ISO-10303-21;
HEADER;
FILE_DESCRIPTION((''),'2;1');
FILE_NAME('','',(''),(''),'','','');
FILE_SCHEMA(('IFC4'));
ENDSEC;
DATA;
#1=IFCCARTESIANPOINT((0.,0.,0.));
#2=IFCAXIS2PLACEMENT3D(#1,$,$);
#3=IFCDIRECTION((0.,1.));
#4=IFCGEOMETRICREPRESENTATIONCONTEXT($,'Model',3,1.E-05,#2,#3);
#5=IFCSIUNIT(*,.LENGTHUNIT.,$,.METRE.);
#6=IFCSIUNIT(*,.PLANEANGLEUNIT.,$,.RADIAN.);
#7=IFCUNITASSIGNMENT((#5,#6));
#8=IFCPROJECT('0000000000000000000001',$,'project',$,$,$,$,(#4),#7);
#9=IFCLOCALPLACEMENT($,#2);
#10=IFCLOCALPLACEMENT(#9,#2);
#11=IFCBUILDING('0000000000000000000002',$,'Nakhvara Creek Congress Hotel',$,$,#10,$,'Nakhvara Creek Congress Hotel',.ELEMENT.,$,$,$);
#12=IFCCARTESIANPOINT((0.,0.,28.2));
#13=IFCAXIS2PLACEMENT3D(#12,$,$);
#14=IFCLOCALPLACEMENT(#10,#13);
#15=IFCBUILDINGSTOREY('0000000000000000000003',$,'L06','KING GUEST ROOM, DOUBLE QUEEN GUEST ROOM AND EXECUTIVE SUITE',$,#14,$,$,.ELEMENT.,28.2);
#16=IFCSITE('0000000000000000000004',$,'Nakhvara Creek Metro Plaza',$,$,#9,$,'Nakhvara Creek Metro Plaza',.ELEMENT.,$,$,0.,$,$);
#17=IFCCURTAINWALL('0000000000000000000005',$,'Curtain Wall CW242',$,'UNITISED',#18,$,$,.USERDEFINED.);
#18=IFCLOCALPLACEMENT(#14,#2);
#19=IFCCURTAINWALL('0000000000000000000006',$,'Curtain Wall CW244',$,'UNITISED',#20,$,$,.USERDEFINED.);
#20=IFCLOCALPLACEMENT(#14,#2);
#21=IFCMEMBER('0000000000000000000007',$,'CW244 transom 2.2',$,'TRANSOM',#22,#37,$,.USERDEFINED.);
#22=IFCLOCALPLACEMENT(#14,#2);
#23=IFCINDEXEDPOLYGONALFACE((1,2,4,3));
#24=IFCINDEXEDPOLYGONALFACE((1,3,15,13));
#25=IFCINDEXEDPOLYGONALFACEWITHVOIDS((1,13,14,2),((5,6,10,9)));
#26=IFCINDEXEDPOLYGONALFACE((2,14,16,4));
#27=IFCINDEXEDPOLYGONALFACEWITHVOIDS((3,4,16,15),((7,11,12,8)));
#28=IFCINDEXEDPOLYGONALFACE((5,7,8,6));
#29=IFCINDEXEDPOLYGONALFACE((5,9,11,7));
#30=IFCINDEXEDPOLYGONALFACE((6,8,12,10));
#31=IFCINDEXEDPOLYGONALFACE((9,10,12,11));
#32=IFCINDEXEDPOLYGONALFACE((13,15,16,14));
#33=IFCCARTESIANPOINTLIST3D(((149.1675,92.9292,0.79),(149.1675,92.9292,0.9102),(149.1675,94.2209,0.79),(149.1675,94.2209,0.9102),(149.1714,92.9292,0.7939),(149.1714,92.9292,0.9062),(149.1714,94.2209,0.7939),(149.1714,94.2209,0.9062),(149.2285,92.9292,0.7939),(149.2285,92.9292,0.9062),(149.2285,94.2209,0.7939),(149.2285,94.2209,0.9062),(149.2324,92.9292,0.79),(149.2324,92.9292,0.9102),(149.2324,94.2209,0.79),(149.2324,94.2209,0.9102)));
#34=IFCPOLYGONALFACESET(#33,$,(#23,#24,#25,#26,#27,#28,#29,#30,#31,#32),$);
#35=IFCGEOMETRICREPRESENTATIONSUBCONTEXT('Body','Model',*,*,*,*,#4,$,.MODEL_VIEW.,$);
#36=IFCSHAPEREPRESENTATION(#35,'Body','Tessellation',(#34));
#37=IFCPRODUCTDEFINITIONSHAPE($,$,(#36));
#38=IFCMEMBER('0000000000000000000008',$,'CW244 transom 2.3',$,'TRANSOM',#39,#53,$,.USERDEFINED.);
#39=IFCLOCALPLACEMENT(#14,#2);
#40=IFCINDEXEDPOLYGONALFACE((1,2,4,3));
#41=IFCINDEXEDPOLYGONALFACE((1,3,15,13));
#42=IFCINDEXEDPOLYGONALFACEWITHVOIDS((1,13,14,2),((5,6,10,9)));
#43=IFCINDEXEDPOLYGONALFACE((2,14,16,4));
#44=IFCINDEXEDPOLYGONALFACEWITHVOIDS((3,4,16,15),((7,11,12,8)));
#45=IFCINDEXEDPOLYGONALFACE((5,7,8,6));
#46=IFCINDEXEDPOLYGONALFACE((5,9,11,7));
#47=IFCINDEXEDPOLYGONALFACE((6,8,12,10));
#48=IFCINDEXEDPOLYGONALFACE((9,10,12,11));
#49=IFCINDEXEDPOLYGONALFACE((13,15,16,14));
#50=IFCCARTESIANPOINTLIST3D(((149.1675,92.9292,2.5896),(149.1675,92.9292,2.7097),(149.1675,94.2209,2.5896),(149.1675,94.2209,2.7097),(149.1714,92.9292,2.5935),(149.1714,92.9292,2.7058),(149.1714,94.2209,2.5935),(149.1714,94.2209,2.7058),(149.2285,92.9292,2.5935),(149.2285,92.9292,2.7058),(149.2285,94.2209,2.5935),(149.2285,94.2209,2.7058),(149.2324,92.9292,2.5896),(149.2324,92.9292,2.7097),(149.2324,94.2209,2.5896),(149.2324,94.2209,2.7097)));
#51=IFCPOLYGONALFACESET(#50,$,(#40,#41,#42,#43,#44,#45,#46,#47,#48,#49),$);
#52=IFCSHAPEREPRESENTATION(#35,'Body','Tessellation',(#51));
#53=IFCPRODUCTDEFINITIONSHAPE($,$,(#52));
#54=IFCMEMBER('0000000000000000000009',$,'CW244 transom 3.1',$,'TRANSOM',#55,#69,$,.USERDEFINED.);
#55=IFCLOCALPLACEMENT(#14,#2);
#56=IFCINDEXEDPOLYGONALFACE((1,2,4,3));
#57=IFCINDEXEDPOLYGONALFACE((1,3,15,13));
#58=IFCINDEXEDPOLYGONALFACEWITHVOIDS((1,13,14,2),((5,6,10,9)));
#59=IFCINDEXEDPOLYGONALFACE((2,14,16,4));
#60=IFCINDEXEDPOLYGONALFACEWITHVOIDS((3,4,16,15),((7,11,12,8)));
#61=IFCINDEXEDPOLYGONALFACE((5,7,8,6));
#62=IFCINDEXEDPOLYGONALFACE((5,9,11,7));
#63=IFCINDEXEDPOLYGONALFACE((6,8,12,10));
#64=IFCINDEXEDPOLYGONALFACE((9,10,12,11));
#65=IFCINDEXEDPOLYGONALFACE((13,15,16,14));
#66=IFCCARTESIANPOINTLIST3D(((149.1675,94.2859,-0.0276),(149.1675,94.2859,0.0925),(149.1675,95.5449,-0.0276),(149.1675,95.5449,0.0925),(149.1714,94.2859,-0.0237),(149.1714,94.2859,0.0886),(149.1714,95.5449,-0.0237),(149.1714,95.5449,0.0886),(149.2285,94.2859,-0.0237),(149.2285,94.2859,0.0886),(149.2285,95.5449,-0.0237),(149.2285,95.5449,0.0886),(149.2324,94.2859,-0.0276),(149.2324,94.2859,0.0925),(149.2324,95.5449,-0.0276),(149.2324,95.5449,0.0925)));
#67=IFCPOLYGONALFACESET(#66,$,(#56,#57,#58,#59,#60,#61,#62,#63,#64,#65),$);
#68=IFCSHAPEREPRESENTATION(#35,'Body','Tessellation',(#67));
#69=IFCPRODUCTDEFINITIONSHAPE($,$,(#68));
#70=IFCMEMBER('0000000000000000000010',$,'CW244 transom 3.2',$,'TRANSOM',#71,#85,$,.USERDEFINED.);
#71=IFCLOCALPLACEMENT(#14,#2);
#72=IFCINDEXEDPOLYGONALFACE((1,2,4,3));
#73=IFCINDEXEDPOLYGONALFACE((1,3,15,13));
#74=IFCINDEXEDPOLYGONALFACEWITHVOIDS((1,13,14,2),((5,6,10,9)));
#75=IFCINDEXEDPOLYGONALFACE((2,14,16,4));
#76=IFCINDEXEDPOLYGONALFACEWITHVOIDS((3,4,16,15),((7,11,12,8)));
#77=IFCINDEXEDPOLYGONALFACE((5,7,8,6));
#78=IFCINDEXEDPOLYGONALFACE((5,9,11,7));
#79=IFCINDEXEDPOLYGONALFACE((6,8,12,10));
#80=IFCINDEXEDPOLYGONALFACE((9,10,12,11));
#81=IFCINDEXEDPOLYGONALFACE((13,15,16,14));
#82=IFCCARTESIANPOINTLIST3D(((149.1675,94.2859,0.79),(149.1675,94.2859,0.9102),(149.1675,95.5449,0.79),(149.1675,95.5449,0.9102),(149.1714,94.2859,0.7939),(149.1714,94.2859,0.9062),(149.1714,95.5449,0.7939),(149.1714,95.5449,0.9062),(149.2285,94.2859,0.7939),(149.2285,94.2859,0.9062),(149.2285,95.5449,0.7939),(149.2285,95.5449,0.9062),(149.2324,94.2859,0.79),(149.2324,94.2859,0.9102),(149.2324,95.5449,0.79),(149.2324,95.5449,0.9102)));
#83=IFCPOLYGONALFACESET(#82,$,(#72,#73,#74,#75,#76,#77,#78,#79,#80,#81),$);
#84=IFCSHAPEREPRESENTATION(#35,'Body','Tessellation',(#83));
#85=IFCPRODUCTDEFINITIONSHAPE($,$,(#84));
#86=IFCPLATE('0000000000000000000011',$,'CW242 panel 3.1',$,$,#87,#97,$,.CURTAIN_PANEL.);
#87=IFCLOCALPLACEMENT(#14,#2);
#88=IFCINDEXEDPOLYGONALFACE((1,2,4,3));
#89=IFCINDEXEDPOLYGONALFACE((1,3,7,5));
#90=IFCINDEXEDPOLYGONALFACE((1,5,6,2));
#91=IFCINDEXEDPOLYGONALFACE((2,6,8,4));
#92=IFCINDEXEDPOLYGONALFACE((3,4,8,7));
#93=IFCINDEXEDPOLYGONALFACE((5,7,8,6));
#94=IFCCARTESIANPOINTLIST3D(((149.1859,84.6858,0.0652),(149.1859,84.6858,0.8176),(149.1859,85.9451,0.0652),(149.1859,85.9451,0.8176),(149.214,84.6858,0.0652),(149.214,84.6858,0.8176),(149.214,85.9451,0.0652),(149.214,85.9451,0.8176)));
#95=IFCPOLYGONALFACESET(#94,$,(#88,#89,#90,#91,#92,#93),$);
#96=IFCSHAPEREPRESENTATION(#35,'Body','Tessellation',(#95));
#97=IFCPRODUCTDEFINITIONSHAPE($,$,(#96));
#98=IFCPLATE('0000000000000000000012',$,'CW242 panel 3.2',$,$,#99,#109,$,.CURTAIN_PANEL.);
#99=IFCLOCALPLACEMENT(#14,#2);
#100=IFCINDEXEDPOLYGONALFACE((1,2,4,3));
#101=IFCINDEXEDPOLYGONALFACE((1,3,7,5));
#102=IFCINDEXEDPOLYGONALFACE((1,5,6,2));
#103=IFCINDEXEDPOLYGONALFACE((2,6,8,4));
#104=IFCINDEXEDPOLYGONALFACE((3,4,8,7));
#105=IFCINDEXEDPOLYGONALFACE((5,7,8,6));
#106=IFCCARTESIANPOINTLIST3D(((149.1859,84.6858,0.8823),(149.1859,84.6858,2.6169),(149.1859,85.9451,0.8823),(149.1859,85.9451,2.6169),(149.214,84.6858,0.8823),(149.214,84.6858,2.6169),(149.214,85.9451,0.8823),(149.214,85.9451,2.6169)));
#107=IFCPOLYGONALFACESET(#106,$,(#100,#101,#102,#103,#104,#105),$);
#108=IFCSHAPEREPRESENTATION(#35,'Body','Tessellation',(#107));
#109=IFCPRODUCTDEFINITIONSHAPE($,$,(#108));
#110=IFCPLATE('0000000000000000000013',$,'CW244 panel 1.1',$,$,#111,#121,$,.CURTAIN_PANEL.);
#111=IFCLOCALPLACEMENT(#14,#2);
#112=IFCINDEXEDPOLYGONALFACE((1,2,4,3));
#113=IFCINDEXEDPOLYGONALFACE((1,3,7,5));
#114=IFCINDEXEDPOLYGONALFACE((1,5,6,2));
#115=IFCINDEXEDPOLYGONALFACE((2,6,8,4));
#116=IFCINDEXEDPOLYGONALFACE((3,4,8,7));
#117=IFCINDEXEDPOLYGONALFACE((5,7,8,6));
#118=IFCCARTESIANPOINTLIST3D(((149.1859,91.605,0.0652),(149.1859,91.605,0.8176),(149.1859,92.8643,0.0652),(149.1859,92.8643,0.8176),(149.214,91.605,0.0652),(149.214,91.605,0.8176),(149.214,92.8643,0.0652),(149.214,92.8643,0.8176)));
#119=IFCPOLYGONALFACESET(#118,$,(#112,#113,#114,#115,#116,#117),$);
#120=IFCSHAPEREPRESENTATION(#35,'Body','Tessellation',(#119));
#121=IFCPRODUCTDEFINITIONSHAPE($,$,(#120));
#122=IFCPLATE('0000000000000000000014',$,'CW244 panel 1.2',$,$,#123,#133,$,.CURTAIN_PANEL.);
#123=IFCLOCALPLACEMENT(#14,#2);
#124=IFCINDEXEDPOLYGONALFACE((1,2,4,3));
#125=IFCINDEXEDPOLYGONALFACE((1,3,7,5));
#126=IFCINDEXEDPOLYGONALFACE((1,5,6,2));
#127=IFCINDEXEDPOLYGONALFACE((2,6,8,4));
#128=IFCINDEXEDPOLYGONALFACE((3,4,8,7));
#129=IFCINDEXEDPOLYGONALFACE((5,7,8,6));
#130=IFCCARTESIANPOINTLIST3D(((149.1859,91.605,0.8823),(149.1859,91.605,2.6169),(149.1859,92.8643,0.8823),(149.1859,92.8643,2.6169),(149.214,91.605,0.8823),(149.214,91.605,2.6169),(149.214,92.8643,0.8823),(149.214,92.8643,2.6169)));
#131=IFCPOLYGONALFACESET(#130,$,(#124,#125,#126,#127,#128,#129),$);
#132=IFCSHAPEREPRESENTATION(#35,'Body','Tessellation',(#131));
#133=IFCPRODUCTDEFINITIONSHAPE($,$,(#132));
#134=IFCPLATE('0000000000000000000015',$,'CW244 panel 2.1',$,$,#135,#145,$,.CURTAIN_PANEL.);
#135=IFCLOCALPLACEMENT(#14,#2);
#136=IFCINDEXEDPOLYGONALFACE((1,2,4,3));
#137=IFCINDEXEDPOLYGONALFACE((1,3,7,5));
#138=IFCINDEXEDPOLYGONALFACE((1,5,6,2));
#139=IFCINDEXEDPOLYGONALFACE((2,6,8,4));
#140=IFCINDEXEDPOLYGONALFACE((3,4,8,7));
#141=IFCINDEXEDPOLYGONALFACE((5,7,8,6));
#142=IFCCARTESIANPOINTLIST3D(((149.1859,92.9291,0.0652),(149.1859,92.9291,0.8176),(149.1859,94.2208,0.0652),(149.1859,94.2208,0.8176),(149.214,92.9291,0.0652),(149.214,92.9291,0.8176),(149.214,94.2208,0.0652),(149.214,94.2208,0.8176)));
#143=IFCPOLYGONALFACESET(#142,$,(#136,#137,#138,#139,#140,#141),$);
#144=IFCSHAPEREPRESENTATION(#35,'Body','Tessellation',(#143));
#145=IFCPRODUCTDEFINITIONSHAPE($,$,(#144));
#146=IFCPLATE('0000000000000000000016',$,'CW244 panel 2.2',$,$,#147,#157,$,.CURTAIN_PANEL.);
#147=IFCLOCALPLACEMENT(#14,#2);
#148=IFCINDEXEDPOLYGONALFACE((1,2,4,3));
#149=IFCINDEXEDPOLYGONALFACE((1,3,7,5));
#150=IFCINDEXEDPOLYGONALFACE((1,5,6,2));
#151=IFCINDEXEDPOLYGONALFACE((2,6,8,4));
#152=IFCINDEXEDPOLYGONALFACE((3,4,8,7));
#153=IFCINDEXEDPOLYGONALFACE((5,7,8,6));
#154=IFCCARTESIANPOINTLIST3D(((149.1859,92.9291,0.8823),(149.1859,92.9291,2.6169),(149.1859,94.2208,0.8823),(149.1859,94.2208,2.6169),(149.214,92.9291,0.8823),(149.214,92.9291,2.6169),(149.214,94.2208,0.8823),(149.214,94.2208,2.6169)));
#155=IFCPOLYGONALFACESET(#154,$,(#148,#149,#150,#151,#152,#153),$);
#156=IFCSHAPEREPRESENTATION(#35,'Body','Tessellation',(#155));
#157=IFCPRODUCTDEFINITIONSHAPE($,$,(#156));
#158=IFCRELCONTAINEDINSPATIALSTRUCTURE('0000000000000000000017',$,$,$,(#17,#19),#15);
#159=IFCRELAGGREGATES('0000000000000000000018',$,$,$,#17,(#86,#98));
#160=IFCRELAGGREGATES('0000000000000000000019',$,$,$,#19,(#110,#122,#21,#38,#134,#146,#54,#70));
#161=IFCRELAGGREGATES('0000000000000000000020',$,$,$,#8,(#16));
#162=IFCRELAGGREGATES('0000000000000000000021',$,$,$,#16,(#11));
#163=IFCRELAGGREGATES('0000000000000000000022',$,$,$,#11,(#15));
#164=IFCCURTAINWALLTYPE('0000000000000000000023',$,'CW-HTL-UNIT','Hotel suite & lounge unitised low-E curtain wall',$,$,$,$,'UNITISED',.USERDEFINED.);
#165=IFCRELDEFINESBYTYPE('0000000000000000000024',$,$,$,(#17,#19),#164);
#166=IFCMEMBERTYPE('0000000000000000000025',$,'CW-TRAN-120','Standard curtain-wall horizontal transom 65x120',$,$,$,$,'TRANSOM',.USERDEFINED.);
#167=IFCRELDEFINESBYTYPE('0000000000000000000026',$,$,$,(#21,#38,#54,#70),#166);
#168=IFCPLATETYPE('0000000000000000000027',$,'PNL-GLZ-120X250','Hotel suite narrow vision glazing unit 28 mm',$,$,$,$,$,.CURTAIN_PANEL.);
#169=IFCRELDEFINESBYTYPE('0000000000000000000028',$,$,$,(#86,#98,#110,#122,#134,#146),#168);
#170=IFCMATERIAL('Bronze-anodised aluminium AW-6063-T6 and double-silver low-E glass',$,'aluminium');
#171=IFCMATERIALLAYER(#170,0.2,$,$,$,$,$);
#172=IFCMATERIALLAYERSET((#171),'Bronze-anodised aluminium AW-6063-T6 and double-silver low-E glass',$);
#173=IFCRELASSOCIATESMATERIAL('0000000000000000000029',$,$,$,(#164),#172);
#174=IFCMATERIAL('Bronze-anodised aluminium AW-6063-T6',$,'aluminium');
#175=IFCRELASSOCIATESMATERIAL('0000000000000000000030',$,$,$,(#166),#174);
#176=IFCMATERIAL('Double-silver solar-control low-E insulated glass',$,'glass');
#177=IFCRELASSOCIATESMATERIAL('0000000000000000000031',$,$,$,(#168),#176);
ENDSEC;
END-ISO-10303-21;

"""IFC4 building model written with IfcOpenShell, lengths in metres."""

from ifc_helpers import new_model, si_unit, direction, frame, origin, origin_2d, place, context, subcontext, project, spatial, rectangle, hollow_rectangle, extrude, material, layer, layer_set, material_profile, profile_set, type_object, element, aggregate, save


model = new_model("IFC4")

# Units and contexts
model_context = context("Model", 3, precision=1e-05, world=origin(), true_north=direction((0.0, 1.0)))
body_context = subcontext(model_context, "Body", "Model", "MODEL_VIEW")
ifc_project = project(units=[si_unit("LENGTHUNIT", "METRE"), si_unit("PLANEANGLEUNIT", "RADIAN")], contexts=[model_context])

# Site, building, storey
site_placement = place(None, origin())
site = spatial("IfcSite", under=ifc_project, at=site_placement, Name="Nakhvara Creek Metro Plaza", LongName="Nakhvara Creek Metro Plaza", CompositionType="ELEMENT", RefElevation=0.0)
building_placement = place(site_placement, origin())
building = spatial("IfcBuilding", under=site, at=building_placement, Name="Nakhvara Creek Congress Hotel", LongName="Nakhvara Creek Congress Hotel", CompositionType="ELEMENT")
storey_placement = place(building_placement, frame((0.0, 0.0, 28.2)))
storey = spatial("IfcBuildingStorey", under=building, at=storey_placement, Name="L06", Description="KING GUEST ROOM, DOUBLE QUEEN GUEST ROOM AND EXECUTIVE SUITE", CompositionType="ELEMENT", Elevation=28.2)

# Curtain wall
ifc_material_1 = material(Name="Bronze-anodised aluminium AW-6063-T6 and double-silver low-E glass", Category="aluminium")
ifc_layer = layer(ifc_material_1, 0.2)
ifc_layer_set = layer_set([ifc_layer], Name="Bronze-anodised aluminium AW-6063-T6 and double-silver low-E glass")
curtain_wall_type = type_object("IfcCurtainWallType", Name="CW-HTL-UNIT", Description="Hotel suite & lounge unitised low-E curtain wall", ElementType="UNITISED", PredefinedType="USERDEFINED", material=ifc_layer_set)
curtain_wall_1_placement = place(storey_placement, origin())
curtain_wall_1 = element("IfcCurtainWall", 1, at=curtain_wall_1_placement, inside=storey, type_object=curtain_wall_type, Name="Curtain Wall CW242", ObjectType="UNITISED", PredefinedType="USERDEFINED")
ifc_material_2 = material(Name="Bronze-anodised aluminium AW-6063-T6", Category="aluminium")

# Curtain wall
curtain_wall_2_placement = place(storey_placement, origin())
curtain_wall_2 = element("IfcCurtainWall", 2, at=curtain_wall_2_placement, inside=storey, type_object=curtain_wall_type, Name="Curtain Wall CW244", ObjectType="UNITISED", PredefinedType="USERDEFINED")

# Members
ifc_material_profile_1 = material_profile(ifc_material_2, hollow_rectangle(XDim=0.0649, YDim=0.1201, WallThickness=0.0039, at=origin_2d()), Name="ALU-TRAN 65x120x4", Category="LoadBearing")
ifc_profile_set_1 = profile_set([ifc_material_profile_1], Name="Bronze-anodised aluminium AW-6063-T6")
member_type_1 = type_object("IfcMemberType", Name="CW-TRAN-120", Description="Standard curtain-wall horizontal transom 65x120", ElementType="TRANSOM", PredefinedType="USERDEFINED", material=ifc_profile_set_1)
member_1_placement = place(storey_placement, frame((149.2, 92.9292, 0.8501), z_axis=(0.0, 1.0, 0.0), x_axis=(-1.0, 0.0, 0.0)))
member_1 = element("IfcMember", 3, at=member_1_placement, type_object=member_type_1, Name="CW244 transom 2.2", ObjectType="TRANSOM", PredefinedType="USERDEFINED", context=body_context, shape_type="SweptSolid", body=[
    extrude(hollow_rectangle(XDim=0.0649, YDim=0.1201, WallThickness=0.0039, at=origin_2d()), origin(), (0.0, 0.0, 1.0), 1.2917),
])
member_2_placement = place(storey_placement, frame((149.2, 92.9292, 2.6497), z_axis=(0.0, 1.0, 0.0), x_axis=(-1.0, 0.0, 0.0)))
member_2 = element("IfcMember", 4, at=member_2_placement, type_object=member_type_1, Name="CW244 transom 2.3", ObjectType="TRANSOM", PredefinedType="USERDEFINED", context=body_context, shape_type="SweptSolid", body=[
    extrude(hollow_rectangle(XDim=0.0649, YDim=0.1201, WallThickness=0.0039, at=origin_2d()), origin(), (0.0, 0.0, 1.0), 1.2917),
])
member_3_placement = place(storey_placement, frame((149.2, 94.2859, 0.0325), z_axis=(0.0, 1.0, 0.0), x_axis=(-1.0, 0.0, 0.0)))
member_3 = element("IfcMember", 5, at=member_3_placement, type_object=member_type_1, Name="CW244 transom 3.1", ObjectType="TRANSOM", PredefinedType="USERDEFINED", context=body_context, shape_type="SweptSolid", body=[
    extrude(hollow_rectangle(XDim=0.0649, YDim=0.1201, WallThickness=0.0039, at=origin_2d()), origin(), (0.0, 0.0, 1.0), 1.259),
])
member_4_placement = place(storey_placement, frame((149.2, 94.2859, 0.8501), z_axis=(0.0, 1.0, 0.0), x_axis=(-1.0, 0.0, 0.0)))
member_4 = element("IfcMember", 6, at=member_4_placement, type_object=member_type_1, Name="CW244 transom 3.2", ObjectType="TRANSOM", PredefinedType="USERDEFINED", context=body_context, shape_type="SweptSolid", body=[
    extrude(hollow_rectangle(XDim=0.0649, YDim=0.1201, WallThickness=0.0039, at=origin_2d()), origin(), (0.0, 0.0, 1.0), 1.259),
])

# Plates
ifc_material_3 = material(Name="Double-silver solar-control low-E insulated glass", Category="glass")
plate_type = type_object("IfcPlateType", Name="PNL-GLZ-120X250", Description="Hotel suite narrow vision glazing unit 28 mm", PredefinedType="CURTAIN_PANEL", material=ifc_material_3)
plate_1_placement = place(storey_placement, frame((149.2, 85.3154, 0.0652), z_axis=(0.0, 0.0, 1.0), x_axis=(0.0, 1.0, 0.0)))
plate_1 = element("IfcPlate", 7, at=plate_1_placement, type_object=plate_type, Name="CW242 panel 3.1", PredefinedType="CURTAIN_PANEL", context=body_context, shape_type="SweptSolid", body=[
    extrude(rectangle(XDim=1.2593, YDim=0.0281, at=origin_2d()), origin(), (0.0, 0.0, 1.0), 0.7524),
])
plate_2_placement = place(storey_placement, frame((149.2, 85.3154, 0.8823), z_axis=(0.0, 0.0, 1.0), x_axis=(0.0, 1.0, 0.0)))
plate_2 = element("IfcPlate", 8, at=plate_2_placement, type_object=plate_type, Name="CW242 panel 3.2", PredefinedType="CURTAIN_PANEL", context=body_context, shape_type="SweptSolid", body=[
    extrude(rectangle(XDim=1.2593, YDim=0.0281, at=origin_2d()), origin(), (0.0, 0.0, 1.0), 1.7346),
])
aggregate(curtain_wall_1, [plate_1, plate_2])
plate_3_placement = place(storey_placement, frame((149.2, 92.2346, 0.0652), z_axis=(0.0, 0.0, 1.0), x_axis=(0.0, 1.0, 0.0)))
plate_3 = element("IfcPlate", 9, at=plate_3_placement, type_object=plate_type, Name="CW244 panel 1.1", PredefinedType="CURTAIN_PANEL", context=body_context, shape_type="SweptSolid", body=[
    extrude(rectangle(XDim=1.2593, YDim=0.0281, at=origin_2d()), origin(), (0.0, 0.0, 1.0), 0.7524),
])
plate_4_placement = place(storey_placement, frame((149.2, 92.2346, 0.8823), z_axis=(0.0, 0.0, 1.0), x_axis=(0.0, 1.0, 0.0)))
plate_4 = element("IfcPlate", 10, at=plate_4_placement, type_object=plate_type, Name="CW244 panel 1.2", PredefinedType="CURTAIN_PANEL", context=body_context, shape_type="SweptSolid", body=[
    extrude(rectangle(XDim=1.2593, YDim=0.0281, at=origin_2d()), origin(), (0.0, 0.0, 1.0), 1.7346),
])
plate_5_placement = place(storey_placement, frame((149.2, 93.575, 0.0652), z_axis=(0.0, 0.0, 1.0), x_axis=(0.0, 1.0, 0.0)))
plate_5 = element("IfcPlate", 11, at=plate_5_placement, type_object=plate_type, Name="CW244 panel 2.1", PredefinedType="CURTAIN_PANEL", context=body_context, shape_type="SweptSolid", body=[
    extrude(rectangle(XDim=1.2917, YDim=0.0281, at=origin_2d()), origin(), (0.0, 0.0, 1.0), 0.7524),
])
plate_6_placement = place(storey_placement, frame((149.2, 93.575, 0.8823), z_axis=(0.0, 0.0, 1.0), x_axis=(0.0, 1.0, 0.0)))
plate_6 = element("IfcPlate", 12, at=plate_6_placement, type_object=plate_type, Name="CW244 panel 2.2", PredefinedType="CURTAIN_PANEL", context=body_context, shape_type="SweptSolid", body=[
    extrude(rectangle(XDim=1.2917, YDim=0.0281, at=origin_2d()), origin(), (0.0, 0.0, 1.0), 1.7346),
])
aggregate(curtain_wall_2, [plate_3, plate_4, member_1, member_2, plate_5, plate_6, member_3, member_4])

save(model, "model.ifc")
